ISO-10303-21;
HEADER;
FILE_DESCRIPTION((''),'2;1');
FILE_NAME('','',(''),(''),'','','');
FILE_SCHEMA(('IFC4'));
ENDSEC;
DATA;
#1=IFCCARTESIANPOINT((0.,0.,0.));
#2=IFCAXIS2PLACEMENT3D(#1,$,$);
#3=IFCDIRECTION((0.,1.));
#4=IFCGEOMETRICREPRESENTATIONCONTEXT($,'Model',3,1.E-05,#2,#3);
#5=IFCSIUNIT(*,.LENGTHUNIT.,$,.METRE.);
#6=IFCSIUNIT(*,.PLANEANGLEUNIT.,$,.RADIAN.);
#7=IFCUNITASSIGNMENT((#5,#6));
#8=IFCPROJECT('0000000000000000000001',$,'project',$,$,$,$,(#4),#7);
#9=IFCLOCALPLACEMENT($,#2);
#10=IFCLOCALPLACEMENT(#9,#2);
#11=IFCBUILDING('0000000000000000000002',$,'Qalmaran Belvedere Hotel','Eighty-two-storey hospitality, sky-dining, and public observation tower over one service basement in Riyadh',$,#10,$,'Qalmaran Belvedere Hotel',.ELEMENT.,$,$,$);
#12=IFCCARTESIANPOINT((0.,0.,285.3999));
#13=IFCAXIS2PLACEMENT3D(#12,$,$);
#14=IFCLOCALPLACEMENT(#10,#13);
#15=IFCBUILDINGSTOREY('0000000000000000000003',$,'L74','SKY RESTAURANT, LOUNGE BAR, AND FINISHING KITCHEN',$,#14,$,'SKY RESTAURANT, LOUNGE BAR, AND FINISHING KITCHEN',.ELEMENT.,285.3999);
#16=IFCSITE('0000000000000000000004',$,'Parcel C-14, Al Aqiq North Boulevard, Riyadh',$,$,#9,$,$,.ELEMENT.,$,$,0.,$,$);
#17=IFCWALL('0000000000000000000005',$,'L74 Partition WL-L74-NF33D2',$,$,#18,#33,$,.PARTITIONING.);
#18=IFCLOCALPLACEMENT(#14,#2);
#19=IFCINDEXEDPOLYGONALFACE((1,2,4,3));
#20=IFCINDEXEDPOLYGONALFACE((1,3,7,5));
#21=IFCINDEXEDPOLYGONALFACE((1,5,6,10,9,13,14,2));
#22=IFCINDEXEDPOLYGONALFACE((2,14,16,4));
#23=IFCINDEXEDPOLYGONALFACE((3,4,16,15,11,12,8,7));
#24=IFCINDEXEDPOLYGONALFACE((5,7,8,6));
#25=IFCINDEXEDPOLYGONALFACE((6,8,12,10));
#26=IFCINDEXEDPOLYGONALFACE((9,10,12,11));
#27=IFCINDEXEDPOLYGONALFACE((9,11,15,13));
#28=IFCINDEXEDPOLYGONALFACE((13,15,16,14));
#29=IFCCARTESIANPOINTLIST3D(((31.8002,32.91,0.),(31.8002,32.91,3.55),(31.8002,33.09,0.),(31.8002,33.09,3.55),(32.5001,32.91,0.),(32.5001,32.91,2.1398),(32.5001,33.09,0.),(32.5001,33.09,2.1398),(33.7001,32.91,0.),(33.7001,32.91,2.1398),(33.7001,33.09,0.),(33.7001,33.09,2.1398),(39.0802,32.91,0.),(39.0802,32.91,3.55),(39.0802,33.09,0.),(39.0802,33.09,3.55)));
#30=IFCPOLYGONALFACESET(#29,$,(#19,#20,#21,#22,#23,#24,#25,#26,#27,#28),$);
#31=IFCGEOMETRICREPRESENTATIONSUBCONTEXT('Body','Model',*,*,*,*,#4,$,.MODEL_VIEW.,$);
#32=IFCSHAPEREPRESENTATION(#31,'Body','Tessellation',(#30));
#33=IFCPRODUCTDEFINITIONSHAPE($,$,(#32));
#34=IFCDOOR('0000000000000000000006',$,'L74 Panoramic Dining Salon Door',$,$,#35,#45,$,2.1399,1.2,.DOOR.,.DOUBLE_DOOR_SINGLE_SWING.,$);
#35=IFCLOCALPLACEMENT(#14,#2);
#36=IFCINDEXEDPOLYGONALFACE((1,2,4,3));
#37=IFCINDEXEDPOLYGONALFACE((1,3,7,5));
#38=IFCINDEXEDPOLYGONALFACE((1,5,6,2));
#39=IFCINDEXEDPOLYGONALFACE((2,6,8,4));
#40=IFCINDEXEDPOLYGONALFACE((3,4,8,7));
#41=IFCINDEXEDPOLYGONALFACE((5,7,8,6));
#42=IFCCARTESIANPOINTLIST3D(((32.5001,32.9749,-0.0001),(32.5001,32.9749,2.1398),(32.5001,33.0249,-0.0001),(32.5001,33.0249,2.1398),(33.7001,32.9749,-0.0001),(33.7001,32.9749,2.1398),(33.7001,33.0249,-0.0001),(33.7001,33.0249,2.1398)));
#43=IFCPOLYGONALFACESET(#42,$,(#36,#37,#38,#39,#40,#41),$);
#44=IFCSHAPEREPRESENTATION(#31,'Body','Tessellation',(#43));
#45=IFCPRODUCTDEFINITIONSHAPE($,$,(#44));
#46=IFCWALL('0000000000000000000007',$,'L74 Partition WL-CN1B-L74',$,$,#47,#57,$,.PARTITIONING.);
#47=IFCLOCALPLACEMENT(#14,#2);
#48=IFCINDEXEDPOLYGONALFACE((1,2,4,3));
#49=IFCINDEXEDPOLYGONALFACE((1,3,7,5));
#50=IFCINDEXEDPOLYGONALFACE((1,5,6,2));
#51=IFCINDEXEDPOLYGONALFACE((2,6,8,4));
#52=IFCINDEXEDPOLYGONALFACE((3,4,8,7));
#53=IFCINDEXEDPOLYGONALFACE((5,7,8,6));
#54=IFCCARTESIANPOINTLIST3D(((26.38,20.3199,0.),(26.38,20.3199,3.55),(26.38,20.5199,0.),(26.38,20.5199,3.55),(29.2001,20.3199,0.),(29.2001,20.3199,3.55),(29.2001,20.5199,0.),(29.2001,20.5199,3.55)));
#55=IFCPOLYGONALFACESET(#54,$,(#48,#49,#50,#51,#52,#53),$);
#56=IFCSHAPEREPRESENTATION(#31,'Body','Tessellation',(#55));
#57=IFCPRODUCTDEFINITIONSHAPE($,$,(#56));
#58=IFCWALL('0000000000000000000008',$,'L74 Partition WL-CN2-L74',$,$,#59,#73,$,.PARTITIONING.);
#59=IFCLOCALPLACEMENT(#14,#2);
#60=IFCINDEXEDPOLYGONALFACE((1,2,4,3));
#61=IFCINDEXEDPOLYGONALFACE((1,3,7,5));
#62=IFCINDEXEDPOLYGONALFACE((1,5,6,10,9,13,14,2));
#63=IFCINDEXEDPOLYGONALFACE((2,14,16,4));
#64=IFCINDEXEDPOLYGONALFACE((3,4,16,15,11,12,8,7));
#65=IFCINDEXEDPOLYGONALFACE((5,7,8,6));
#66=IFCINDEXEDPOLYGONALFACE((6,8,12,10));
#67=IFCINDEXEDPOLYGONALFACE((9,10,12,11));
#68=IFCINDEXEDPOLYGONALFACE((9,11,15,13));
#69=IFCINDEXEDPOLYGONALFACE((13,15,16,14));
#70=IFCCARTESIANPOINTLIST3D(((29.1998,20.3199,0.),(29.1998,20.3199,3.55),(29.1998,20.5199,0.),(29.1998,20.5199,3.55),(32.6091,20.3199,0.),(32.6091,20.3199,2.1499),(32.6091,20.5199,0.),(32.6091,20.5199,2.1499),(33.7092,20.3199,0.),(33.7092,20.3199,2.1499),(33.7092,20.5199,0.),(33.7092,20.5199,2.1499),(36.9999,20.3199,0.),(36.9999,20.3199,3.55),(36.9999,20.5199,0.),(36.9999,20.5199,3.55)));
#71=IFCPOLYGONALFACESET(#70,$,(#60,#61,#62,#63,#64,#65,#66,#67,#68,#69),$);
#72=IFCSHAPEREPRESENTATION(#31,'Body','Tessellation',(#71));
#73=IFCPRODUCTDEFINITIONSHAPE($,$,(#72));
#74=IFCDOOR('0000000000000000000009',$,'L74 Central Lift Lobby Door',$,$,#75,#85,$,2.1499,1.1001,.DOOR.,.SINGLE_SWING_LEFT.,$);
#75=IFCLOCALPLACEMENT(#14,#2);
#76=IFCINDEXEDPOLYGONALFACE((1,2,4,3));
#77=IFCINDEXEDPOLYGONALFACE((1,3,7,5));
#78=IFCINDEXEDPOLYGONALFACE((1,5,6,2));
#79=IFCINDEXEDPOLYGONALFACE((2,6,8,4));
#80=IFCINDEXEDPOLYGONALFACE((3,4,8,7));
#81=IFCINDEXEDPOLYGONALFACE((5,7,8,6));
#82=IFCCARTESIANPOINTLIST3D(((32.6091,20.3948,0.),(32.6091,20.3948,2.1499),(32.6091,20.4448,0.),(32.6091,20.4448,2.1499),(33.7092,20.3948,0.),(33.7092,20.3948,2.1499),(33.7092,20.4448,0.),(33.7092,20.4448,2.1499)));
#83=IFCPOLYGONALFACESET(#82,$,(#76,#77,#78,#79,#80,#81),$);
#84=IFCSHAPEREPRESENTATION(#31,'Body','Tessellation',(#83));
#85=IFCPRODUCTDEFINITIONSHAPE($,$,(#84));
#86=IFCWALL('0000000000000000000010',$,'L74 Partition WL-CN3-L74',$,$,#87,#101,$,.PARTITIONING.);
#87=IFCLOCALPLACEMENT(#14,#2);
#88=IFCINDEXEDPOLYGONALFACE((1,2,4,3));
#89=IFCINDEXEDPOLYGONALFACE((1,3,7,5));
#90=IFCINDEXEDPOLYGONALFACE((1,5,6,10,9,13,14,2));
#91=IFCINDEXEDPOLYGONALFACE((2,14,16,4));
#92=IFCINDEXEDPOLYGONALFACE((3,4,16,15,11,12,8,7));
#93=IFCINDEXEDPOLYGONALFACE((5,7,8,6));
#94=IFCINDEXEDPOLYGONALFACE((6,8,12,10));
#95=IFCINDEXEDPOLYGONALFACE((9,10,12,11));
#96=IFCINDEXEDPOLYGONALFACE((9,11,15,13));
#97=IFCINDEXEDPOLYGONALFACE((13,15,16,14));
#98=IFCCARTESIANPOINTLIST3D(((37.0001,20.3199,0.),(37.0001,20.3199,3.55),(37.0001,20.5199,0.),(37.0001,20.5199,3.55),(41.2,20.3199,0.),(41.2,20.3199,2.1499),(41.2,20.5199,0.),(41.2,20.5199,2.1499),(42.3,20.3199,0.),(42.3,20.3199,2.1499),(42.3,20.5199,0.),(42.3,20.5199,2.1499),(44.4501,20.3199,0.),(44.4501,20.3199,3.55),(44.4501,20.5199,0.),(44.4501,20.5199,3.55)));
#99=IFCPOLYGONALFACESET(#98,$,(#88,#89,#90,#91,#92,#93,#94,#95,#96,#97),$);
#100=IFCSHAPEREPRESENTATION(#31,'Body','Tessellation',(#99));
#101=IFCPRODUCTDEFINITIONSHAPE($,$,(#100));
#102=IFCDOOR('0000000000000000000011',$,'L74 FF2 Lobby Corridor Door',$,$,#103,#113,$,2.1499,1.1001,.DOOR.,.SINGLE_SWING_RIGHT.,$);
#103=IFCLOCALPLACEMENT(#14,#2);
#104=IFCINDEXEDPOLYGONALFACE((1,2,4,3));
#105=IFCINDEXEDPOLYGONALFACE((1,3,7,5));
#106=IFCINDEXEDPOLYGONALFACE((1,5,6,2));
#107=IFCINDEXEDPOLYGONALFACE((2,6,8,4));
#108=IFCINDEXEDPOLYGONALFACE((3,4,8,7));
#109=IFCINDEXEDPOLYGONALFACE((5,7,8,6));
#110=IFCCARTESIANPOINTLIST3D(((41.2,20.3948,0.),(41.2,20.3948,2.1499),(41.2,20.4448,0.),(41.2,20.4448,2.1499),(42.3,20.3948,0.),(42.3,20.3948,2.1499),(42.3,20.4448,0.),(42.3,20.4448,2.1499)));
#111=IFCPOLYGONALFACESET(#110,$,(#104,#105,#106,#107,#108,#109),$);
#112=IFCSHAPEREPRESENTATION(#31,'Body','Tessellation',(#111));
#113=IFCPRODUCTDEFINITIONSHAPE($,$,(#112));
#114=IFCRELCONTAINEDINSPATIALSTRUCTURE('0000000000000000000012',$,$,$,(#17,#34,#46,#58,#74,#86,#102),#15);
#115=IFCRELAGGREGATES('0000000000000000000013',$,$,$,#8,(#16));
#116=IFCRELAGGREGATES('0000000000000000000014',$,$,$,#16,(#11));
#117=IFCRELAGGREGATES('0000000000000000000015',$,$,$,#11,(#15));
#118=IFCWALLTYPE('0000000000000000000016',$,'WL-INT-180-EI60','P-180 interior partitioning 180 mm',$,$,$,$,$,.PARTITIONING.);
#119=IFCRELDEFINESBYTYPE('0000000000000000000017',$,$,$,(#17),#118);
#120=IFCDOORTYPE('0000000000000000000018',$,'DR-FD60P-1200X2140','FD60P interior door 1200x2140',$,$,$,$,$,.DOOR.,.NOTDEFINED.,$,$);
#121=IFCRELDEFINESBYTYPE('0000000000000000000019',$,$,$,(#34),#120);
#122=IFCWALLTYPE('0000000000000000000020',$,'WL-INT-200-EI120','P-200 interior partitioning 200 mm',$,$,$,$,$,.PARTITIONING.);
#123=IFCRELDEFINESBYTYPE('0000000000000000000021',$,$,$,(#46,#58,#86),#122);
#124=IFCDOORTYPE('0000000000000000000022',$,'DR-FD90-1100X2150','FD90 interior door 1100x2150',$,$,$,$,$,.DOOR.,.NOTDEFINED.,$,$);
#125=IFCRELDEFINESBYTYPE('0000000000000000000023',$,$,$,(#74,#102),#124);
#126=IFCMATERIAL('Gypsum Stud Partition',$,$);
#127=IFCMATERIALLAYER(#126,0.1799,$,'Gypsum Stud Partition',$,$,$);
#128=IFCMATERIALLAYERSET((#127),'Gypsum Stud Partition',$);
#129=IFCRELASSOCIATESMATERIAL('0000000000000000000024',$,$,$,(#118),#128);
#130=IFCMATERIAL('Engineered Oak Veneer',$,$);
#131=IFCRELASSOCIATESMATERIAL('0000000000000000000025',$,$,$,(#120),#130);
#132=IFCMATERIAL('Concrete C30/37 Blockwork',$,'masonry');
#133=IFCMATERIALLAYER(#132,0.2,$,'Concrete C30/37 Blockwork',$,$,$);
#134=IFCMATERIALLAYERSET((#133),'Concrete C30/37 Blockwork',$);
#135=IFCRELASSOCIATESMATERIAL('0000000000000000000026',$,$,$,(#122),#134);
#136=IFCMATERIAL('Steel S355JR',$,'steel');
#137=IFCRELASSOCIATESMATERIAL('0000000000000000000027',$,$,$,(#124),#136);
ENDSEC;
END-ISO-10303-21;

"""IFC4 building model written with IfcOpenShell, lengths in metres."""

from ifc_helpers import new_model, si_unit, direction, frame, frame_2d, origin, place, context, subcontext, project, spatial, rectangle, extrude, material, layer, layer_set, type_object, element, fill, save


model = new_model("IFC4")

# Units and contexts
model_context = context("Model", 3, precision=1e-05, world=origin(), true_north=direction((0.0, 1.0)))
body_context = subcontext(model_context, "Body", "Model", "MODEL_VIEW")
ifc_project = project(units=[si_unit("LENGTHUNIT", "METRE"), si_unit("PLANEANGLEUNIT", "RADIAN")], contexts=[model_context])

# Site, building, storey
site_placement = place(None, origin())
site = spatial("IfcSite", under=ifc_project, at=site_placement, Name="Parcel C-14, Al Aqiq North Boulevard, Riyadh", CompositionType="ELEMENT", RefElevation=0.0)
building_placement = place(site_placement, origin())
building = spatial("IfcBuilding", under=site, at=building_placement, Name="Qalmaran Belvedere Hotel", Description="Eighty-two-storey hospitality, sky-dining, and public observation tower over one service basement in Riyadh", LongName="Qalmaran Belvedere Hotel", CompositionType="ELEMENT")
storey_placement = place(building_placement, frame((0.0, 0.0, 285.3999)))
storey = spatial("IfcBuildingStorey", under=building, at=storey_placement, Name="L74", Description="SKY RESTAURANT, LOUNGE BAR, AND FINISHING KITCHEN", LongName="SKY RESTAURANT, LOUNGE BAR, AND FINISHING KITCHEN", CompositionType="ELEMENT", Elevation=285.3999)

# Shared definitions
ifc_material_1 = material(Name="Steel S355JR", Category="steel")

# Shared definitions
ifc_material_2 = material(Name="Gypsum Stud Partition")

# Wall, opening, door
ifc_layer_1 = layer(ifc_material_2, 0.1799, Name="Gypsum Stud Partition")
ifc_layer_set_1 = layer_set([ifc_layer_1], Name="Gypsum Stud Partition")
wall_type_1 = type_object("IfcWallType", Name="WL-INT-180-EI60", Description="P-180 interior partitioning 180 mm", PredefinedType="PARTITIONING", material=ifc_layer_set_1)
ifc_material_3 = material(Name="Engineered Oak Veneer")
door_type_1 = type_object("IfcDoorType", Name="DR-FD60P-1200X2140", Description="FD60P interior door 1200x2140", OperationType="NOTDEFINED", PredefinedType="DOOR", material=ifc_material_3)
wall_1_placement = place(storey_placement, frame((31.8, 33.0, 0.0), z_axis=(0.0, 0.0, 1.0), x_axis=(1.0, 0.0, 0.0)))
wall_1 = element("IfcWall", 1, at=wall_1_placement, inside=storey, type_object=wall_type_1, Name="L74 Partition WL-L74-NF33D2", PredefinedType="PARTITIONING", context=body_context, shape_type="SweptSolid", body=[
    extrude(rectangle(XDim=7.28, YDim=0.1799, at=frame_2d((3.6401, 0.0))), origin(), (0.0, 0.0, 1.0), 3.55),
])
opening_1_placement = place(wall_1_placement, frame((0.7, 0.0, 0.0)))
opening_1 = element("IfcOpeningElement", 2, at=opening_1_placement, cuts=wall_1, PredefinedType="OPENING", context=body_context, shape_type="SweptSolid", body=[
    extrude(rectangle(XDim=1.2, YDim=2.1399, at=frame_2d((0.6001, 1.0698))), frame((0.0, 0.1001, 0.0), z_axis=(0.0, -1.0, 0.0), x_axis=(1.0, 0.0, 0.0)), (0.0, 0.0, 1.0), 0.2),
])
door_1_placement = place(opening_1_placement, origin())
door_1 = element("IfcDoor", 3, at=door_1_placement, inside=storey, type_object=door_type_1, Name="L74 Panoramic Dining Salon Door", OperationType="DOUBLE_DOOR_SINGLE_SWING", OverallHeight=2.1399, OverallWidth=1.2, PredefinedType="DOOR", context=body_context, shape_type="SweptSolid", body=[
    extrude(rectangle(XDim=1.2, YDim=2.1399, at=frame_2d((0.6001, 1.0698))), frame((0.0, 0.0249, 0.0), z_axis=(0.0, -1.0, 0.0), x_axis=(1.0, 0.0, 0.0)), (0.0, 0.0, 1.0), 0.05),
])
fill(opening_1, door_1)

# Wall
ifc_material_4 = material(Name="Concrete C30/37 Blockwork", Category="masonry")
ifc_layer_2 = layer(ifc_material_4, 0.2, Name="Concrete C30/37 Blockwork")
ifc_layer_set_2 = layer_set([ifc_layer_2], Name="Concrete C30/37 Blockwork")
wall_type_2 = type_object("IfcWallType", Name="WL-INT-200-EI120", Description="P-200 interior partitioning 200 mm", PredefinedType="PARTITIONING", material=ifc_layer_set_2)
wall_2_placement = place(storey_placement, frame((26.3799, 20.4199, 0.0), z_axis=(0.0, 0.0, 1.0), x_axis=(1.0, 0.0, 0.0)))
element("IfcWall", 4, at=wall_2_placement, inside=storey, type_object=wall_type_2, Name="L74 Partition WL-CN1B-L74", PredefinedType="PARTITIONING", context=body_context, shape_type="SweptSolid", body=[
    extrude(rectangle(XDim=2.8201, YDim=0.2, at=frame_2d((1.4102, 0.0))), origin(), (0.0, 0.0, 1.0), 3.55),
])

# Walls, openings, doors
wall_3_placement = place(storey_placement, frame((29.2, 20.4199, 0.0), z_axis=(0.0, 0.0, 1.0), x_axis=(1.0, 0.0, 0.0)))
wall_3 = element("IfcWall", 5, at=wall_3_placement, inside=storey, type_object=wall_type_2, Name="L74 Partition WL-CN2-L74", PredefinedType="PARTITIONING", context=body_context, shape_type="SweptSolid", body=[
    extrude(rectangle(XDim=7.8, YDim=0.2, at=frame_2d((3.8999, 0.0))), origin(), (0.0, 0.0, 1.0), 3.55),
])
opening_2_placement = place(wall_3_placement, frame((3.4092, 0.0, 0.0)))
opening_2 = element("IfcOpeningElement", 6, at=opening_2_placement, cuts=wall_3, PredefinedType="OPENING", context=body_context, shape_type="SweptSolid", body=[
    extrude(rectangle(XDim=1.1001, YDim=2.1499, at=frame_2d((0.55, 1.075))), frame((0.0, 0.1099, 0.0), z_axis=(0.0, -1.0, 0.0), x_axis=(1.0, 0.0, 0.0)), (0.0, 0.0, 1.0), 0.22),
])
door_type_2 = type_object("IfcDoorType", Name="DR-FD90-1100X2150", Description="FD90 interior door 1100x2150", OperationType="NOTDEFINED", PredefinedType="DOOR", material=ifc_material_1)
door_2_placement = place(opening_2_placement, origin())
door_2 = element("IfcDoor", 7, at=door_2_placement, inside=storey, type_object=door_type_2, Name="L74 Central Lift Lobby Door", OperationType="SINGLE_SWING_LEFT", OverallHeight=2.1499, OverallWidth=1.1001, PredefinedType="DOOR", context=body_context, shape_type="SweptSolid", body=[
    extrude(rectangle(XDim=1.1001, YDim=2.1499, at=frame_2d((0.55, 1.075))), frame((0.0, 0.0249, 0.0), z_axis=(0.0, -1.0, 0.0), x_axis=(1.0, 0.0, 0.0)), (0.0, 0.0, 1.0), 0.05),
])
fill(opening_2, door_2)
wall_4_placement = place(storey_placement, frame((37.0, 20.4199, 0.0), z_axis=(0.0, 0.0, 1.0), x_axis=(1.0, 0.0, 0.0)))
wall_4 = element("IfcWall", 8, at=wall_4_placement, inside=storey, type_object=wall_type_2, Name="L74 Partition WL-CN3-L74", PredefinedType="PARTITIONING", context=body_context, shape_type="SweptSolid", body=[
    extrude(rectangle(XDim=7.45, YDim=0.2, at=frame_2d((3.7251, 0.0))), origin(), (0.0, 0.0, 1.0), 3.55),
])
opening_3_placement = place(wall_4_placement, frame((4.2, 0.0, 0.0)))
opening_3 = element("IfcOpeningElement", 9, at=opening_3_placement, cuts=wall_4, PredefinedType="OPENING", context=body_context, shape_type="SweptSolid", body=[
    extrude(rectangle(XDim=1.1001, YDim=2.1499, at=frame_2d((0.55, 1.075))), frame((0.0, 0.1099, 0.0), z_axis=(0.0, -1.0, 0.0), x_axis=(1.0, 0.0, 0.0)), (0.0, 0.0, 1.0), 0.22),
])
door_3_placement = place(opening_3_placement, origin())
door_3 = element("IfcDoor", 10, at=door_3_placement, inside=storey, type_object=door_type_2, Name="L74 FF2 Lobby Corridor Door", OperationType="SINGLE_SWING_RIGHT", OverallHeight=2.1499, OverallWidth=1.1001, PredefinedType="DOOR", context=body_context, shape_type="SweptSolid", body=[
    extrude(rectangle(XDim=1.1001, YDim=2.1499, at=frame_2d((0.55, 1.075))), frame((0.0, 0.0249, 0.0), z_axis=(0.0, -1.0, 0.0), x_axis=(1.0, 0.0, 0.0)), (0.0, 0.0, 1.0), 0.05),
])
fill(opening_3, door_3)

save(model, "model.ifc")
